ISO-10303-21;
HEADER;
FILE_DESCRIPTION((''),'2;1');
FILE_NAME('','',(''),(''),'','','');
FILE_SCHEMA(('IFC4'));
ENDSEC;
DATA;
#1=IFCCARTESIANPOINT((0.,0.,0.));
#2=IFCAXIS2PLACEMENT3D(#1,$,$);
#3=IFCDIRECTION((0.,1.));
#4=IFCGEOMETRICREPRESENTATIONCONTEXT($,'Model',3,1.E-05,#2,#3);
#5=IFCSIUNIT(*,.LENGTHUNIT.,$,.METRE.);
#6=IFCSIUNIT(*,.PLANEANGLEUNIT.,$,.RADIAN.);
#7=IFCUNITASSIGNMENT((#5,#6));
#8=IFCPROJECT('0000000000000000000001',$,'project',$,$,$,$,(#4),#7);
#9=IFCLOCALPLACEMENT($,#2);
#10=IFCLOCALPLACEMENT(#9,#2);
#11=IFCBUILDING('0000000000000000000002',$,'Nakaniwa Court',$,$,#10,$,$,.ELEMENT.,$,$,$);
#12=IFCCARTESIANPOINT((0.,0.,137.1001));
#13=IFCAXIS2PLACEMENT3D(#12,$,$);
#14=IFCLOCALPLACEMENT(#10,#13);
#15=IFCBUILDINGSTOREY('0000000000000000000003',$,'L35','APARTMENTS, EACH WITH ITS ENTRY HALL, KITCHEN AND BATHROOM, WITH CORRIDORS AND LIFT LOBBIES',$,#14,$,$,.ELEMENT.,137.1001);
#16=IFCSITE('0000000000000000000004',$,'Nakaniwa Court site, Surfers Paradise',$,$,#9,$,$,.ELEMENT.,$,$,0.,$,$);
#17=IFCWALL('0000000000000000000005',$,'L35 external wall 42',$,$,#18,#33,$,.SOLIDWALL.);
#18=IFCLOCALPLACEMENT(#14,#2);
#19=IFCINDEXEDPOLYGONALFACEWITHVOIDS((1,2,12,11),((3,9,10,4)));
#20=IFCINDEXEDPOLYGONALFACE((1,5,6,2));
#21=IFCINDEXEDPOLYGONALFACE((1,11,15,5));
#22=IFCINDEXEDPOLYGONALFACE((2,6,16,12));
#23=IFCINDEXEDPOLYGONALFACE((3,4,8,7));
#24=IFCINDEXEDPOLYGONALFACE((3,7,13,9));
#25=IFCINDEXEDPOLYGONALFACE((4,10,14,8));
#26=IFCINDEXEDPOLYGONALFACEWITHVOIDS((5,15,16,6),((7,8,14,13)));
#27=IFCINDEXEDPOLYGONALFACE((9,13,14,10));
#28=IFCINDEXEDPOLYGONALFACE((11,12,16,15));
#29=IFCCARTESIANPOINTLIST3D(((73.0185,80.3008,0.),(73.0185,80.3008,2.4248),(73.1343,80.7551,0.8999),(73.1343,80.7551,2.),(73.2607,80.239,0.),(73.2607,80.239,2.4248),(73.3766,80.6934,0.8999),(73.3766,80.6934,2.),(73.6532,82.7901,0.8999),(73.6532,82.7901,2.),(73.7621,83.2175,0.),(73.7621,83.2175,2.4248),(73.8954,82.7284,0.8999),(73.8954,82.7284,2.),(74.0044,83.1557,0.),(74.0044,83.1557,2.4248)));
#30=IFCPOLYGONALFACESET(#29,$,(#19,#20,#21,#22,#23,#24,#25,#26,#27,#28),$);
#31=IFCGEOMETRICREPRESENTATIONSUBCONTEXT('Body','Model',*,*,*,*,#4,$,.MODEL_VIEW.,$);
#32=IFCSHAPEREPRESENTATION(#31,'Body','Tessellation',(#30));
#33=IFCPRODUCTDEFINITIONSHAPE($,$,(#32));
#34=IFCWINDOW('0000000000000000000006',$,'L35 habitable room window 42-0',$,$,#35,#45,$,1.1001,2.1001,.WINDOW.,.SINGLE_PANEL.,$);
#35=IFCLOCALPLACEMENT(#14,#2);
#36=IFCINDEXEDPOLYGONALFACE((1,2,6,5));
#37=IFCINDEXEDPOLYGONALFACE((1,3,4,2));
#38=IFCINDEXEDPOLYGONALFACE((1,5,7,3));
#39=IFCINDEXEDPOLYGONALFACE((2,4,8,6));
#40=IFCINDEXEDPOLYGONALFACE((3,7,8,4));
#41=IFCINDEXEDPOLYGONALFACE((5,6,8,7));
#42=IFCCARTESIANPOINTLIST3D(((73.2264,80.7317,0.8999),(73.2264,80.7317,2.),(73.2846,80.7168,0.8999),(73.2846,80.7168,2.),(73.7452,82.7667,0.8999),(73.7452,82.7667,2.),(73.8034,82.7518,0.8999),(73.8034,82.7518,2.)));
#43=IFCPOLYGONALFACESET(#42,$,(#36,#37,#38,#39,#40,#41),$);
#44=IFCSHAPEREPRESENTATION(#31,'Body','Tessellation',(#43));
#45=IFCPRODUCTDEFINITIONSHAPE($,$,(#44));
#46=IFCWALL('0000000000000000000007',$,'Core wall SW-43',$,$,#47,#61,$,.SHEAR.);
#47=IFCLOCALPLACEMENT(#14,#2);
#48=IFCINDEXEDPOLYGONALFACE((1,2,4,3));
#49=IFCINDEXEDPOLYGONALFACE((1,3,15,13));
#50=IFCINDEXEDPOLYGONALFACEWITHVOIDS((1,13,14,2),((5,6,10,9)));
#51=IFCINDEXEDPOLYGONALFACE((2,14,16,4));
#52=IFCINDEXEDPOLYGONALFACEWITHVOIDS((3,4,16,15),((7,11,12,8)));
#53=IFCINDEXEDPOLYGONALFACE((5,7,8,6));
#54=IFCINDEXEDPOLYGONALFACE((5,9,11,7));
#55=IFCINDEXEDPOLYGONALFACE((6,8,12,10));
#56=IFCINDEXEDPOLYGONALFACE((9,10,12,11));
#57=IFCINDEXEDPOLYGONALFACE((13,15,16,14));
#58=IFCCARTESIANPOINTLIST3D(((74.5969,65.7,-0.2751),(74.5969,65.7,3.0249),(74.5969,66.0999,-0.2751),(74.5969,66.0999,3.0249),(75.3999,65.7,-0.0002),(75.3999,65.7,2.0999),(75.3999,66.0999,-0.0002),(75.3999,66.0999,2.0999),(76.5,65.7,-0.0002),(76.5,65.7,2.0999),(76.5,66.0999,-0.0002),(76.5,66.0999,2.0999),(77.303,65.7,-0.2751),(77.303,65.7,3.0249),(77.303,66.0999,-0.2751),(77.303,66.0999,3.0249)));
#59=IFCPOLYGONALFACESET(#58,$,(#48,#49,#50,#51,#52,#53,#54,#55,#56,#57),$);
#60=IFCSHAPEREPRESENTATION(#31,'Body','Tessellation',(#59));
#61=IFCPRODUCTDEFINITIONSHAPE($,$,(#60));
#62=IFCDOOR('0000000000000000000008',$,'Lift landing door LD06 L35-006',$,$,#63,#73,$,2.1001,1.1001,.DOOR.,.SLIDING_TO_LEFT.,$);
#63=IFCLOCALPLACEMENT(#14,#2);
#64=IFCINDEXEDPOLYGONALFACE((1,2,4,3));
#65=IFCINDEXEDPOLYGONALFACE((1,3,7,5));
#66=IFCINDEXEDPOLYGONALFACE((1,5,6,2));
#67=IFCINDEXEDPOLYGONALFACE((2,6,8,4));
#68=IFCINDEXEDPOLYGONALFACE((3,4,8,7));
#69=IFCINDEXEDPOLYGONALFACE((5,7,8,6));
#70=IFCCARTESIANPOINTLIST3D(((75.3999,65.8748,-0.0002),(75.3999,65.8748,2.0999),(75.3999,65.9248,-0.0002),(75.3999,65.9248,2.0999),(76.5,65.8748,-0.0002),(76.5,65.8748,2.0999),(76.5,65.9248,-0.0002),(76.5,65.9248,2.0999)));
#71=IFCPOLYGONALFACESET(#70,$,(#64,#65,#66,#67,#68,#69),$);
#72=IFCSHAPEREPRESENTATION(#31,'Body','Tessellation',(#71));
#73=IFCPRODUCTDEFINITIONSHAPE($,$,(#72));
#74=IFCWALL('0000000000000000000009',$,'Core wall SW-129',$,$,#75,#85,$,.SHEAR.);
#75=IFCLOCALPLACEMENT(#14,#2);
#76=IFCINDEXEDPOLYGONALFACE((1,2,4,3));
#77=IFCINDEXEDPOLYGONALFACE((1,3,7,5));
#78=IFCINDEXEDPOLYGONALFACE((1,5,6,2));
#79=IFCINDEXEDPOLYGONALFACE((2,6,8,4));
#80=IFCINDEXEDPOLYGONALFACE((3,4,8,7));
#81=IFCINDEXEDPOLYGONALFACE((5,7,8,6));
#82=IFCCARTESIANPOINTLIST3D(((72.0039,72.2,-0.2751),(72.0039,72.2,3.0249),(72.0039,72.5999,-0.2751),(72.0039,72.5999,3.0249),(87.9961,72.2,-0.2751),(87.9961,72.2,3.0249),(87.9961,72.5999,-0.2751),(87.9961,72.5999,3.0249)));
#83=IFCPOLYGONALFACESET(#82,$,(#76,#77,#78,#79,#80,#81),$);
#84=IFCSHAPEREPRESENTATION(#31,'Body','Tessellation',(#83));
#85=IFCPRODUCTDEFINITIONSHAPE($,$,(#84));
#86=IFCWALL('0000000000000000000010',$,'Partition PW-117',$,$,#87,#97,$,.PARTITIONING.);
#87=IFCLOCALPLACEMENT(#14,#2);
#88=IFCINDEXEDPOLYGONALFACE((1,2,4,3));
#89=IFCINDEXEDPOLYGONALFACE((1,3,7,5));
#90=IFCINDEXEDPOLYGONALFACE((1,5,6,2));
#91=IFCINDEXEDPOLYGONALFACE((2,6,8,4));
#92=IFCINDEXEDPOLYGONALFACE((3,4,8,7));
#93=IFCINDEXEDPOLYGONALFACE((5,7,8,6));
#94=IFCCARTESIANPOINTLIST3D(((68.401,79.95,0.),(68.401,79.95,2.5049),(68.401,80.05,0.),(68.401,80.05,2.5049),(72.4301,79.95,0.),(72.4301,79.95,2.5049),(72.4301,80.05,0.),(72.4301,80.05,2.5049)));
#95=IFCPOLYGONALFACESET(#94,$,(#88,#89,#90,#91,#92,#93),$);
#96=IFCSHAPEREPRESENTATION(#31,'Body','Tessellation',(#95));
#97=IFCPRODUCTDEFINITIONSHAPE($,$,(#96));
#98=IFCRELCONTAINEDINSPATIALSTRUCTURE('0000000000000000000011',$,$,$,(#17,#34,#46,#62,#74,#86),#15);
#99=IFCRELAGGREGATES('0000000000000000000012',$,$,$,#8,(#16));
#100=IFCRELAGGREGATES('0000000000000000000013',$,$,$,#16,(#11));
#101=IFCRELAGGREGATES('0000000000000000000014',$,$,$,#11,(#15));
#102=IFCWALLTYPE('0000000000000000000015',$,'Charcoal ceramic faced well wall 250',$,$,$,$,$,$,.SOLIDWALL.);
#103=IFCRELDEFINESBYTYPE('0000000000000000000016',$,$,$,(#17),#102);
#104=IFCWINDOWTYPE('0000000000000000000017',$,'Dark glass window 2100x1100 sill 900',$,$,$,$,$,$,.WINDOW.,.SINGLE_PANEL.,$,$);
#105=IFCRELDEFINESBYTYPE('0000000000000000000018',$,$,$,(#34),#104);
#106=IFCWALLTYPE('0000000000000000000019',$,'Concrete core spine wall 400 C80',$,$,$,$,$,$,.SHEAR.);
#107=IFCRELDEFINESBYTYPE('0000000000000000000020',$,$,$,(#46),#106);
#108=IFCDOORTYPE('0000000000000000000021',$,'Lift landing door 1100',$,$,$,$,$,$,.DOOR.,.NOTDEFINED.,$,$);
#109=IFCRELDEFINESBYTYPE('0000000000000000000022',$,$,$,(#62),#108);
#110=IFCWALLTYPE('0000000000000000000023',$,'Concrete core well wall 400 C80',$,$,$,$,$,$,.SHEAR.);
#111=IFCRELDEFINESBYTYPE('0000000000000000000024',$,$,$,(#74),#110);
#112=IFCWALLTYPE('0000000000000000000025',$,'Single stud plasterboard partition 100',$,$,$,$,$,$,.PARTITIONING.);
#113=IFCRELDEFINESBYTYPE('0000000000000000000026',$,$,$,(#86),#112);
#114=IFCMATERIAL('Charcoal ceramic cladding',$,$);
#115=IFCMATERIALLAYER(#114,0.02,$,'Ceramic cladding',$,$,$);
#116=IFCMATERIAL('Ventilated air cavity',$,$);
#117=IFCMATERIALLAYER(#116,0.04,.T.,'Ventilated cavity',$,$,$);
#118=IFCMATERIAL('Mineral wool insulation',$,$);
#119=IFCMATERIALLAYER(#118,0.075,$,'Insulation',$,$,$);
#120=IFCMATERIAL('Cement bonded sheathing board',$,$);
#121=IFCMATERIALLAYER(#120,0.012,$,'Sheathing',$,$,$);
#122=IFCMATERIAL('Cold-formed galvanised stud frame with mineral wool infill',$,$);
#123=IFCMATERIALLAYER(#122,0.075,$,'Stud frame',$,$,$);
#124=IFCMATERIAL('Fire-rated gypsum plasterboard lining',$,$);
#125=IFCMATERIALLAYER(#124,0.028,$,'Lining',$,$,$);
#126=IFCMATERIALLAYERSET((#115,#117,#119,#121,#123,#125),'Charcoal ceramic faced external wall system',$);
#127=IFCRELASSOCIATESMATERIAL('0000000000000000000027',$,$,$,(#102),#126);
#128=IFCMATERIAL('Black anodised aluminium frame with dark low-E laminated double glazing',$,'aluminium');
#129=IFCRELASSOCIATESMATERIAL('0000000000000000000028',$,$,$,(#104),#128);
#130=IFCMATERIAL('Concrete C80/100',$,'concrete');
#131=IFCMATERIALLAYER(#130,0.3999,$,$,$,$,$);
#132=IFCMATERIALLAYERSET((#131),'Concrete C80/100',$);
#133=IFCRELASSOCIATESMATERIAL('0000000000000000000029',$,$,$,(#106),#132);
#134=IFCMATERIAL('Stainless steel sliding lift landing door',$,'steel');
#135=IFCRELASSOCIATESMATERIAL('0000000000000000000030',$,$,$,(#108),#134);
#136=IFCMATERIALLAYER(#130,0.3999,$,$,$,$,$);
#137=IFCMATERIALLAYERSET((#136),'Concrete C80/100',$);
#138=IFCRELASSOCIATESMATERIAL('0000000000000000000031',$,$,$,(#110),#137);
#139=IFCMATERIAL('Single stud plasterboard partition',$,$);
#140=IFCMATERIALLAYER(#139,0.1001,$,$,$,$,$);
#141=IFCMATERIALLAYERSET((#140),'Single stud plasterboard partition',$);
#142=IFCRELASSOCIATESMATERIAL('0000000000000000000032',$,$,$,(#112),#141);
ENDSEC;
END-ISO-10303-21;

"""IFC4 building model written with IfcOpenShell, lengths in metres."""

from ifc_helpers import new_model, si_unit, direction, frame, frame_2d, origin, place, context, subcontext, project, spatial, rectangle, extrude, material, layer, layer_set, type_object, element, fill, save


model = new_model("IFC4")

# Units and contexts
model_context = context("Model", 3, precision=1e-05, world=origin(), true_north=direction((0.0, 1.0)))
body_context = subcontext(model_context, "Body", "Model", "MODEL_VIEW")
ifc_project = project(units=[si_unit("LENGTHUNIT", "METRE"), si_unit("PLANEANGLEUNIT", "RADIAN")], contexts=[model_context])

# Site, building, storey
site_placement = place(None, origin())
site = spatial("IfcSite", under=ifc_project, at=site_placement, Name="Nakaniwa Court site, Surfers Paradise", CompositionType="ELEMENT", RefElevation=0.0)
building_placement = place(site_placement, origin())
building = spatial("IfcBuilding", under=site, at=building_placement, Name="Nakaniwa Court", CompositionType="ELEMENT")
storey_placement = place(building_placement, frame((0.0, 0.0, 137.1001)))
storey = spatial("IfcBuildingStorey", under=building, at=storey_placement, Name="L35", Description="APARTMENTS, EACH WITH ITS ENTRY HALL, KITCHEN AND BATHROOM, WITH CORRIDORS AND LIFT LOBBIES", CompositionType="ELEMENT", Elevation=137.1001)

# Shared definitions
ifc_material_1 = material(Name="Concrete C80/100", Category="concrete")

# Wall, opening, window
ifc_material_2 = material(Name="Charcoal ceramic cladding")
ifc_layer_1 = layer(ifc_material_2, 0.02, Name="Ceramic cladding")
ifc_material_3 = material(Name="Ventilated air cavity")
ifc_layer_2 = layer(ifc_material_3, 0.04, ventilated=True, Name="Ventilated cavity")
ifc_material_4 = material(Name="Mineral wool insulation")
ifc_layer_3 = layer(ifc_material_4, 0.075, Name="Insulation")
ifc_material_5 = material(Name="Cement bonded sheathing board")
ifc_layer_4 = layer(ifc_material_5, 0.012, Name="Sheathing")
ifc_material_6 = material(Name="Cold-formed galvanised stud frame with mineral wool infill")
ifc_layer_5 = layer(ifc_material_6, 0.075, Name="Stud frame")
ifc_material_7 = material(Name="Fire-rated gypsum plasterboard lining")
ifc_layer_6 = layer(ifc_material_7, 0.028, Name="Lining")
ifc_layer_set_1 = layer_set([ifc_layer_1, ifc_layer_2, ifc_layer_3, ifc_layer_4, ifc_layer_5, ifc_layer_6], Name="Charcoal ceramic faced external wall system")
wall_type_1 = type_object("IfcWallType", Name="Charcoal ceramic faced well wall 250", PredefinedType="SOLIDWALL", material=ifc_layer_set_1)
ifc_material_8 = material(Name="Black anodised aluminium frame with dark low-E laminated double glazing", Category="aluminium")
window_type = type_object("IfcWindowType", Name="Dark glass window 2100x1100 sill 900", PartitioningType="SINGLE_PANEL", PredefinedType="WINDOW", material=ifc_material_8)
wall_1_placement = place(storey_placement, frame((73.1396, 80.27, 0.0), z_axis=(0.0, 0.0, 1.0), x_axis=(0.247056, 0.969001, 0.0)))
wall_1 = element("IfcWall", 1, at=wall_1_placement, inside=storey, type_object=wall_type_1, Name="L35 external wall 42", PredefinedType="SOLIDWALL", context=body_context, shape_type="SweptSolid", body=[
    extrude(rectangle(XDim=3.01, YDim=0.25, at=frame_2d((1.5049, 0.0))), origin(), (0.0, 0.0, 1.0), 2.4248),
])
opening_1_placement = place(wall_1_placement, frame((0.4688, 0.0, 0.8999)))
opening_1 = element("IfcOpeningElement", 2, at=opening_1_placement, cuts=wall_1, PredefinedType="OPENING", context=body_context, shape_type="SweptSolid", body=[
    extrude(rectangle(XDim=2.1001, YDim=1.1001, at=frame_2d((1.05, 0.55))), frame((0.0, 0.135, 0.0), z_axis=(0.0, -1.0, 0.0), x_axis=(1.0, 0.0, 0.0)), (0.0, 0.0, 1.0), 0.27),
])
window_1_placement = place(opening_1_placement, origin())
window_1 = element("IfcWindow", 3, at=window_1_placement, inside=storey, type_object=window_type, Name="L35 habitable room window 42-0", OverallHeight=1.1001, OverallWidth=2.1001, PartitioningType="SINGLE_PANEL", PredefinedType="WINDOW", context=body_context, shape_type="SweptSolid", body=[
    extrude(rectangle(XDim=2.1001, YDim=1.1001, at=frame_2d((1.05, 0.55))), frame((0.0, 0.03, 0.0), z_axis=(0.0, -1.0, 0.0), x_axis=(1.0, 0.0, 0.0)), (0.0, 0.0, 1.0), 0.0601),
])
fill(opening_1, window_1)

# Wall, opening, door
ifc_layer_7 = layer(ifc_material_1, 0.3999)
ifc_layer_set_2 = layer_set([ifc_layer_7], Name="Concrete C80/100")
wall_type_2 = type_object("IfcWallType", Name="Concrete core spine wall 400 C80", PredefinedType="SHEAR", material=ifc_layer_set_2)
wall_2_placement = place(storey_placement, frame((74.5969, 65.8999, -0.2751), z_axis=(0.0, 0.0, 1.0), x_axis=(1.0, 0.0, 0.0)))
wall_2 = element("IfcWall", 4, at=wall_2_placement, inside=storey, type_object=wall_type_2, Name="Core wall SW-43", PredefinedType="SHEAR", context=body_context, shape_type="SweptSolid", body=[
    extrude(rectangle(XDim=2.7061, YDim=0.3999, at=frame_2d((1.353, 0.0))), origin(), (0.0, 0.0, 1.0), 3.3),
])
opening_2_placement = place(wall_2_placement, frame((0.803, 0.0, 0.2749)))
opening_2 = element("IfcOpeningElement", 5, at=opening_2_placement, cuts=wall_2, PredefinedType="OPENING", context=body_context, shape_type="SweptSolid", body=[
    extrude(rectangle(XDim=1.1001, YDim=2.1001, at=frame_2d((0.55, 1.05))), frame((0.0, 0.21, 0.0), z_axis=(0.0, -1.0, 0.0), x_axis=(1.0, 0.0, 0.0)), (0.0, 0.0, 1.0), 0.4199),
])
ifc_material_9 = material(Name="Stainless steel sliding lift landing door", Category="steel")
door_type_1 = type_object("IfcDoorType", Name="Lift landing door 1100", OperationType="NOTDEFINED", PredefinedType="DOOR", material=ifc_material_9)
door_1_placement = place(opening_2_placement, origin())
door_1 = element("IfcDoor", 6, at=door_1_placement, inside=storey, type_object=door_type_1, Name="Lift landing door LD06 L35-006", OperationType="SLIDING_TO_LEFT", OverallHeight=2.1001, OverallWidth=1.1001, PredefinedType="DOOR", context=body_context, shape_type="SweptSolid", body=[
    extrude(rectangle(XDim=1.1001, YDim=2.1001, at=frame_2d((0.55, 1.05))), frame((0.0, 0.0249, 0.0), z_axis=(0.0, -1.0, 0.0), x_axis=(1.0, 0.0, 0.0)), (0.0, 0.0, 1.0), 0.05),
])
fill(opening_2, door_1)

# Walls
ifc_layer_8 = layer(ifc_material_1, 0.3999)
ifc_layer_set_3 = layer_set([ifc_layer_8], Name="Concrete C80/100")
wall_type_3 = type_object("IfcWallType", Name="Concrete core well wall 400 C80", PredefinedType="SHEAR", material=ifc_layer_set_3)
wall_3_placement = place(storey_placement, frame((72.0039, 72.3999, -0.2751), z_axis=(0.0, 0.0, 1.0), x_axis=(1.0, 0.0, 0.0)))
element("IfcWall", 7, at=wall_3_placement, inside=storey, type_object=wall_type_3, Name="Core wall SW-129", PredefinedType="SHEAR", context=body_context, shape_type="SweptSolid", body=[
    extrude(rectangle(XDim=15.9922, YDim=0.3999, at=frame_2d((7.9961, 0.0))), origin(), (0.0, 0.0, 1.0), 3.3),
])
ifc_material_10 = material(Name="Single stud plasterboard partition")
ifc_layer_9 = layer(ifc_material_10, 0.1001)
ifc_layer_set_4 = layer_set([ifc_layer_9], Name="Single stud plasterboard partition")
wall_type_4 = type_object("IfcWallType", Name="Single stud plasterboard partition 100", PredefinedType="PARTITIONING", material=ifc_layer_set_4)
wall_4_placement = place(storey_placement, frame((68.4009, 80.0, 0.0), z_axis=(0.0, 0.0, 1.0), x_axis=(1.0, 0.0, 0.0)))
element("IfcWall", 8, at=wall_4_placement, inside=storey, type_object=wall_type_4, Name="Partition PW-117", PredefinedType="PARTITIONING", context=body_context, shape_type="SweptSolid", body=[
    extrude(rectangle(XDim=4.0291, YDim=0.1001, at=frame_2d((2.0146, 0.0))), origin(), (0.0, 0.0, 1.0), 2.5049),
])

save(model, "model.ifc")
